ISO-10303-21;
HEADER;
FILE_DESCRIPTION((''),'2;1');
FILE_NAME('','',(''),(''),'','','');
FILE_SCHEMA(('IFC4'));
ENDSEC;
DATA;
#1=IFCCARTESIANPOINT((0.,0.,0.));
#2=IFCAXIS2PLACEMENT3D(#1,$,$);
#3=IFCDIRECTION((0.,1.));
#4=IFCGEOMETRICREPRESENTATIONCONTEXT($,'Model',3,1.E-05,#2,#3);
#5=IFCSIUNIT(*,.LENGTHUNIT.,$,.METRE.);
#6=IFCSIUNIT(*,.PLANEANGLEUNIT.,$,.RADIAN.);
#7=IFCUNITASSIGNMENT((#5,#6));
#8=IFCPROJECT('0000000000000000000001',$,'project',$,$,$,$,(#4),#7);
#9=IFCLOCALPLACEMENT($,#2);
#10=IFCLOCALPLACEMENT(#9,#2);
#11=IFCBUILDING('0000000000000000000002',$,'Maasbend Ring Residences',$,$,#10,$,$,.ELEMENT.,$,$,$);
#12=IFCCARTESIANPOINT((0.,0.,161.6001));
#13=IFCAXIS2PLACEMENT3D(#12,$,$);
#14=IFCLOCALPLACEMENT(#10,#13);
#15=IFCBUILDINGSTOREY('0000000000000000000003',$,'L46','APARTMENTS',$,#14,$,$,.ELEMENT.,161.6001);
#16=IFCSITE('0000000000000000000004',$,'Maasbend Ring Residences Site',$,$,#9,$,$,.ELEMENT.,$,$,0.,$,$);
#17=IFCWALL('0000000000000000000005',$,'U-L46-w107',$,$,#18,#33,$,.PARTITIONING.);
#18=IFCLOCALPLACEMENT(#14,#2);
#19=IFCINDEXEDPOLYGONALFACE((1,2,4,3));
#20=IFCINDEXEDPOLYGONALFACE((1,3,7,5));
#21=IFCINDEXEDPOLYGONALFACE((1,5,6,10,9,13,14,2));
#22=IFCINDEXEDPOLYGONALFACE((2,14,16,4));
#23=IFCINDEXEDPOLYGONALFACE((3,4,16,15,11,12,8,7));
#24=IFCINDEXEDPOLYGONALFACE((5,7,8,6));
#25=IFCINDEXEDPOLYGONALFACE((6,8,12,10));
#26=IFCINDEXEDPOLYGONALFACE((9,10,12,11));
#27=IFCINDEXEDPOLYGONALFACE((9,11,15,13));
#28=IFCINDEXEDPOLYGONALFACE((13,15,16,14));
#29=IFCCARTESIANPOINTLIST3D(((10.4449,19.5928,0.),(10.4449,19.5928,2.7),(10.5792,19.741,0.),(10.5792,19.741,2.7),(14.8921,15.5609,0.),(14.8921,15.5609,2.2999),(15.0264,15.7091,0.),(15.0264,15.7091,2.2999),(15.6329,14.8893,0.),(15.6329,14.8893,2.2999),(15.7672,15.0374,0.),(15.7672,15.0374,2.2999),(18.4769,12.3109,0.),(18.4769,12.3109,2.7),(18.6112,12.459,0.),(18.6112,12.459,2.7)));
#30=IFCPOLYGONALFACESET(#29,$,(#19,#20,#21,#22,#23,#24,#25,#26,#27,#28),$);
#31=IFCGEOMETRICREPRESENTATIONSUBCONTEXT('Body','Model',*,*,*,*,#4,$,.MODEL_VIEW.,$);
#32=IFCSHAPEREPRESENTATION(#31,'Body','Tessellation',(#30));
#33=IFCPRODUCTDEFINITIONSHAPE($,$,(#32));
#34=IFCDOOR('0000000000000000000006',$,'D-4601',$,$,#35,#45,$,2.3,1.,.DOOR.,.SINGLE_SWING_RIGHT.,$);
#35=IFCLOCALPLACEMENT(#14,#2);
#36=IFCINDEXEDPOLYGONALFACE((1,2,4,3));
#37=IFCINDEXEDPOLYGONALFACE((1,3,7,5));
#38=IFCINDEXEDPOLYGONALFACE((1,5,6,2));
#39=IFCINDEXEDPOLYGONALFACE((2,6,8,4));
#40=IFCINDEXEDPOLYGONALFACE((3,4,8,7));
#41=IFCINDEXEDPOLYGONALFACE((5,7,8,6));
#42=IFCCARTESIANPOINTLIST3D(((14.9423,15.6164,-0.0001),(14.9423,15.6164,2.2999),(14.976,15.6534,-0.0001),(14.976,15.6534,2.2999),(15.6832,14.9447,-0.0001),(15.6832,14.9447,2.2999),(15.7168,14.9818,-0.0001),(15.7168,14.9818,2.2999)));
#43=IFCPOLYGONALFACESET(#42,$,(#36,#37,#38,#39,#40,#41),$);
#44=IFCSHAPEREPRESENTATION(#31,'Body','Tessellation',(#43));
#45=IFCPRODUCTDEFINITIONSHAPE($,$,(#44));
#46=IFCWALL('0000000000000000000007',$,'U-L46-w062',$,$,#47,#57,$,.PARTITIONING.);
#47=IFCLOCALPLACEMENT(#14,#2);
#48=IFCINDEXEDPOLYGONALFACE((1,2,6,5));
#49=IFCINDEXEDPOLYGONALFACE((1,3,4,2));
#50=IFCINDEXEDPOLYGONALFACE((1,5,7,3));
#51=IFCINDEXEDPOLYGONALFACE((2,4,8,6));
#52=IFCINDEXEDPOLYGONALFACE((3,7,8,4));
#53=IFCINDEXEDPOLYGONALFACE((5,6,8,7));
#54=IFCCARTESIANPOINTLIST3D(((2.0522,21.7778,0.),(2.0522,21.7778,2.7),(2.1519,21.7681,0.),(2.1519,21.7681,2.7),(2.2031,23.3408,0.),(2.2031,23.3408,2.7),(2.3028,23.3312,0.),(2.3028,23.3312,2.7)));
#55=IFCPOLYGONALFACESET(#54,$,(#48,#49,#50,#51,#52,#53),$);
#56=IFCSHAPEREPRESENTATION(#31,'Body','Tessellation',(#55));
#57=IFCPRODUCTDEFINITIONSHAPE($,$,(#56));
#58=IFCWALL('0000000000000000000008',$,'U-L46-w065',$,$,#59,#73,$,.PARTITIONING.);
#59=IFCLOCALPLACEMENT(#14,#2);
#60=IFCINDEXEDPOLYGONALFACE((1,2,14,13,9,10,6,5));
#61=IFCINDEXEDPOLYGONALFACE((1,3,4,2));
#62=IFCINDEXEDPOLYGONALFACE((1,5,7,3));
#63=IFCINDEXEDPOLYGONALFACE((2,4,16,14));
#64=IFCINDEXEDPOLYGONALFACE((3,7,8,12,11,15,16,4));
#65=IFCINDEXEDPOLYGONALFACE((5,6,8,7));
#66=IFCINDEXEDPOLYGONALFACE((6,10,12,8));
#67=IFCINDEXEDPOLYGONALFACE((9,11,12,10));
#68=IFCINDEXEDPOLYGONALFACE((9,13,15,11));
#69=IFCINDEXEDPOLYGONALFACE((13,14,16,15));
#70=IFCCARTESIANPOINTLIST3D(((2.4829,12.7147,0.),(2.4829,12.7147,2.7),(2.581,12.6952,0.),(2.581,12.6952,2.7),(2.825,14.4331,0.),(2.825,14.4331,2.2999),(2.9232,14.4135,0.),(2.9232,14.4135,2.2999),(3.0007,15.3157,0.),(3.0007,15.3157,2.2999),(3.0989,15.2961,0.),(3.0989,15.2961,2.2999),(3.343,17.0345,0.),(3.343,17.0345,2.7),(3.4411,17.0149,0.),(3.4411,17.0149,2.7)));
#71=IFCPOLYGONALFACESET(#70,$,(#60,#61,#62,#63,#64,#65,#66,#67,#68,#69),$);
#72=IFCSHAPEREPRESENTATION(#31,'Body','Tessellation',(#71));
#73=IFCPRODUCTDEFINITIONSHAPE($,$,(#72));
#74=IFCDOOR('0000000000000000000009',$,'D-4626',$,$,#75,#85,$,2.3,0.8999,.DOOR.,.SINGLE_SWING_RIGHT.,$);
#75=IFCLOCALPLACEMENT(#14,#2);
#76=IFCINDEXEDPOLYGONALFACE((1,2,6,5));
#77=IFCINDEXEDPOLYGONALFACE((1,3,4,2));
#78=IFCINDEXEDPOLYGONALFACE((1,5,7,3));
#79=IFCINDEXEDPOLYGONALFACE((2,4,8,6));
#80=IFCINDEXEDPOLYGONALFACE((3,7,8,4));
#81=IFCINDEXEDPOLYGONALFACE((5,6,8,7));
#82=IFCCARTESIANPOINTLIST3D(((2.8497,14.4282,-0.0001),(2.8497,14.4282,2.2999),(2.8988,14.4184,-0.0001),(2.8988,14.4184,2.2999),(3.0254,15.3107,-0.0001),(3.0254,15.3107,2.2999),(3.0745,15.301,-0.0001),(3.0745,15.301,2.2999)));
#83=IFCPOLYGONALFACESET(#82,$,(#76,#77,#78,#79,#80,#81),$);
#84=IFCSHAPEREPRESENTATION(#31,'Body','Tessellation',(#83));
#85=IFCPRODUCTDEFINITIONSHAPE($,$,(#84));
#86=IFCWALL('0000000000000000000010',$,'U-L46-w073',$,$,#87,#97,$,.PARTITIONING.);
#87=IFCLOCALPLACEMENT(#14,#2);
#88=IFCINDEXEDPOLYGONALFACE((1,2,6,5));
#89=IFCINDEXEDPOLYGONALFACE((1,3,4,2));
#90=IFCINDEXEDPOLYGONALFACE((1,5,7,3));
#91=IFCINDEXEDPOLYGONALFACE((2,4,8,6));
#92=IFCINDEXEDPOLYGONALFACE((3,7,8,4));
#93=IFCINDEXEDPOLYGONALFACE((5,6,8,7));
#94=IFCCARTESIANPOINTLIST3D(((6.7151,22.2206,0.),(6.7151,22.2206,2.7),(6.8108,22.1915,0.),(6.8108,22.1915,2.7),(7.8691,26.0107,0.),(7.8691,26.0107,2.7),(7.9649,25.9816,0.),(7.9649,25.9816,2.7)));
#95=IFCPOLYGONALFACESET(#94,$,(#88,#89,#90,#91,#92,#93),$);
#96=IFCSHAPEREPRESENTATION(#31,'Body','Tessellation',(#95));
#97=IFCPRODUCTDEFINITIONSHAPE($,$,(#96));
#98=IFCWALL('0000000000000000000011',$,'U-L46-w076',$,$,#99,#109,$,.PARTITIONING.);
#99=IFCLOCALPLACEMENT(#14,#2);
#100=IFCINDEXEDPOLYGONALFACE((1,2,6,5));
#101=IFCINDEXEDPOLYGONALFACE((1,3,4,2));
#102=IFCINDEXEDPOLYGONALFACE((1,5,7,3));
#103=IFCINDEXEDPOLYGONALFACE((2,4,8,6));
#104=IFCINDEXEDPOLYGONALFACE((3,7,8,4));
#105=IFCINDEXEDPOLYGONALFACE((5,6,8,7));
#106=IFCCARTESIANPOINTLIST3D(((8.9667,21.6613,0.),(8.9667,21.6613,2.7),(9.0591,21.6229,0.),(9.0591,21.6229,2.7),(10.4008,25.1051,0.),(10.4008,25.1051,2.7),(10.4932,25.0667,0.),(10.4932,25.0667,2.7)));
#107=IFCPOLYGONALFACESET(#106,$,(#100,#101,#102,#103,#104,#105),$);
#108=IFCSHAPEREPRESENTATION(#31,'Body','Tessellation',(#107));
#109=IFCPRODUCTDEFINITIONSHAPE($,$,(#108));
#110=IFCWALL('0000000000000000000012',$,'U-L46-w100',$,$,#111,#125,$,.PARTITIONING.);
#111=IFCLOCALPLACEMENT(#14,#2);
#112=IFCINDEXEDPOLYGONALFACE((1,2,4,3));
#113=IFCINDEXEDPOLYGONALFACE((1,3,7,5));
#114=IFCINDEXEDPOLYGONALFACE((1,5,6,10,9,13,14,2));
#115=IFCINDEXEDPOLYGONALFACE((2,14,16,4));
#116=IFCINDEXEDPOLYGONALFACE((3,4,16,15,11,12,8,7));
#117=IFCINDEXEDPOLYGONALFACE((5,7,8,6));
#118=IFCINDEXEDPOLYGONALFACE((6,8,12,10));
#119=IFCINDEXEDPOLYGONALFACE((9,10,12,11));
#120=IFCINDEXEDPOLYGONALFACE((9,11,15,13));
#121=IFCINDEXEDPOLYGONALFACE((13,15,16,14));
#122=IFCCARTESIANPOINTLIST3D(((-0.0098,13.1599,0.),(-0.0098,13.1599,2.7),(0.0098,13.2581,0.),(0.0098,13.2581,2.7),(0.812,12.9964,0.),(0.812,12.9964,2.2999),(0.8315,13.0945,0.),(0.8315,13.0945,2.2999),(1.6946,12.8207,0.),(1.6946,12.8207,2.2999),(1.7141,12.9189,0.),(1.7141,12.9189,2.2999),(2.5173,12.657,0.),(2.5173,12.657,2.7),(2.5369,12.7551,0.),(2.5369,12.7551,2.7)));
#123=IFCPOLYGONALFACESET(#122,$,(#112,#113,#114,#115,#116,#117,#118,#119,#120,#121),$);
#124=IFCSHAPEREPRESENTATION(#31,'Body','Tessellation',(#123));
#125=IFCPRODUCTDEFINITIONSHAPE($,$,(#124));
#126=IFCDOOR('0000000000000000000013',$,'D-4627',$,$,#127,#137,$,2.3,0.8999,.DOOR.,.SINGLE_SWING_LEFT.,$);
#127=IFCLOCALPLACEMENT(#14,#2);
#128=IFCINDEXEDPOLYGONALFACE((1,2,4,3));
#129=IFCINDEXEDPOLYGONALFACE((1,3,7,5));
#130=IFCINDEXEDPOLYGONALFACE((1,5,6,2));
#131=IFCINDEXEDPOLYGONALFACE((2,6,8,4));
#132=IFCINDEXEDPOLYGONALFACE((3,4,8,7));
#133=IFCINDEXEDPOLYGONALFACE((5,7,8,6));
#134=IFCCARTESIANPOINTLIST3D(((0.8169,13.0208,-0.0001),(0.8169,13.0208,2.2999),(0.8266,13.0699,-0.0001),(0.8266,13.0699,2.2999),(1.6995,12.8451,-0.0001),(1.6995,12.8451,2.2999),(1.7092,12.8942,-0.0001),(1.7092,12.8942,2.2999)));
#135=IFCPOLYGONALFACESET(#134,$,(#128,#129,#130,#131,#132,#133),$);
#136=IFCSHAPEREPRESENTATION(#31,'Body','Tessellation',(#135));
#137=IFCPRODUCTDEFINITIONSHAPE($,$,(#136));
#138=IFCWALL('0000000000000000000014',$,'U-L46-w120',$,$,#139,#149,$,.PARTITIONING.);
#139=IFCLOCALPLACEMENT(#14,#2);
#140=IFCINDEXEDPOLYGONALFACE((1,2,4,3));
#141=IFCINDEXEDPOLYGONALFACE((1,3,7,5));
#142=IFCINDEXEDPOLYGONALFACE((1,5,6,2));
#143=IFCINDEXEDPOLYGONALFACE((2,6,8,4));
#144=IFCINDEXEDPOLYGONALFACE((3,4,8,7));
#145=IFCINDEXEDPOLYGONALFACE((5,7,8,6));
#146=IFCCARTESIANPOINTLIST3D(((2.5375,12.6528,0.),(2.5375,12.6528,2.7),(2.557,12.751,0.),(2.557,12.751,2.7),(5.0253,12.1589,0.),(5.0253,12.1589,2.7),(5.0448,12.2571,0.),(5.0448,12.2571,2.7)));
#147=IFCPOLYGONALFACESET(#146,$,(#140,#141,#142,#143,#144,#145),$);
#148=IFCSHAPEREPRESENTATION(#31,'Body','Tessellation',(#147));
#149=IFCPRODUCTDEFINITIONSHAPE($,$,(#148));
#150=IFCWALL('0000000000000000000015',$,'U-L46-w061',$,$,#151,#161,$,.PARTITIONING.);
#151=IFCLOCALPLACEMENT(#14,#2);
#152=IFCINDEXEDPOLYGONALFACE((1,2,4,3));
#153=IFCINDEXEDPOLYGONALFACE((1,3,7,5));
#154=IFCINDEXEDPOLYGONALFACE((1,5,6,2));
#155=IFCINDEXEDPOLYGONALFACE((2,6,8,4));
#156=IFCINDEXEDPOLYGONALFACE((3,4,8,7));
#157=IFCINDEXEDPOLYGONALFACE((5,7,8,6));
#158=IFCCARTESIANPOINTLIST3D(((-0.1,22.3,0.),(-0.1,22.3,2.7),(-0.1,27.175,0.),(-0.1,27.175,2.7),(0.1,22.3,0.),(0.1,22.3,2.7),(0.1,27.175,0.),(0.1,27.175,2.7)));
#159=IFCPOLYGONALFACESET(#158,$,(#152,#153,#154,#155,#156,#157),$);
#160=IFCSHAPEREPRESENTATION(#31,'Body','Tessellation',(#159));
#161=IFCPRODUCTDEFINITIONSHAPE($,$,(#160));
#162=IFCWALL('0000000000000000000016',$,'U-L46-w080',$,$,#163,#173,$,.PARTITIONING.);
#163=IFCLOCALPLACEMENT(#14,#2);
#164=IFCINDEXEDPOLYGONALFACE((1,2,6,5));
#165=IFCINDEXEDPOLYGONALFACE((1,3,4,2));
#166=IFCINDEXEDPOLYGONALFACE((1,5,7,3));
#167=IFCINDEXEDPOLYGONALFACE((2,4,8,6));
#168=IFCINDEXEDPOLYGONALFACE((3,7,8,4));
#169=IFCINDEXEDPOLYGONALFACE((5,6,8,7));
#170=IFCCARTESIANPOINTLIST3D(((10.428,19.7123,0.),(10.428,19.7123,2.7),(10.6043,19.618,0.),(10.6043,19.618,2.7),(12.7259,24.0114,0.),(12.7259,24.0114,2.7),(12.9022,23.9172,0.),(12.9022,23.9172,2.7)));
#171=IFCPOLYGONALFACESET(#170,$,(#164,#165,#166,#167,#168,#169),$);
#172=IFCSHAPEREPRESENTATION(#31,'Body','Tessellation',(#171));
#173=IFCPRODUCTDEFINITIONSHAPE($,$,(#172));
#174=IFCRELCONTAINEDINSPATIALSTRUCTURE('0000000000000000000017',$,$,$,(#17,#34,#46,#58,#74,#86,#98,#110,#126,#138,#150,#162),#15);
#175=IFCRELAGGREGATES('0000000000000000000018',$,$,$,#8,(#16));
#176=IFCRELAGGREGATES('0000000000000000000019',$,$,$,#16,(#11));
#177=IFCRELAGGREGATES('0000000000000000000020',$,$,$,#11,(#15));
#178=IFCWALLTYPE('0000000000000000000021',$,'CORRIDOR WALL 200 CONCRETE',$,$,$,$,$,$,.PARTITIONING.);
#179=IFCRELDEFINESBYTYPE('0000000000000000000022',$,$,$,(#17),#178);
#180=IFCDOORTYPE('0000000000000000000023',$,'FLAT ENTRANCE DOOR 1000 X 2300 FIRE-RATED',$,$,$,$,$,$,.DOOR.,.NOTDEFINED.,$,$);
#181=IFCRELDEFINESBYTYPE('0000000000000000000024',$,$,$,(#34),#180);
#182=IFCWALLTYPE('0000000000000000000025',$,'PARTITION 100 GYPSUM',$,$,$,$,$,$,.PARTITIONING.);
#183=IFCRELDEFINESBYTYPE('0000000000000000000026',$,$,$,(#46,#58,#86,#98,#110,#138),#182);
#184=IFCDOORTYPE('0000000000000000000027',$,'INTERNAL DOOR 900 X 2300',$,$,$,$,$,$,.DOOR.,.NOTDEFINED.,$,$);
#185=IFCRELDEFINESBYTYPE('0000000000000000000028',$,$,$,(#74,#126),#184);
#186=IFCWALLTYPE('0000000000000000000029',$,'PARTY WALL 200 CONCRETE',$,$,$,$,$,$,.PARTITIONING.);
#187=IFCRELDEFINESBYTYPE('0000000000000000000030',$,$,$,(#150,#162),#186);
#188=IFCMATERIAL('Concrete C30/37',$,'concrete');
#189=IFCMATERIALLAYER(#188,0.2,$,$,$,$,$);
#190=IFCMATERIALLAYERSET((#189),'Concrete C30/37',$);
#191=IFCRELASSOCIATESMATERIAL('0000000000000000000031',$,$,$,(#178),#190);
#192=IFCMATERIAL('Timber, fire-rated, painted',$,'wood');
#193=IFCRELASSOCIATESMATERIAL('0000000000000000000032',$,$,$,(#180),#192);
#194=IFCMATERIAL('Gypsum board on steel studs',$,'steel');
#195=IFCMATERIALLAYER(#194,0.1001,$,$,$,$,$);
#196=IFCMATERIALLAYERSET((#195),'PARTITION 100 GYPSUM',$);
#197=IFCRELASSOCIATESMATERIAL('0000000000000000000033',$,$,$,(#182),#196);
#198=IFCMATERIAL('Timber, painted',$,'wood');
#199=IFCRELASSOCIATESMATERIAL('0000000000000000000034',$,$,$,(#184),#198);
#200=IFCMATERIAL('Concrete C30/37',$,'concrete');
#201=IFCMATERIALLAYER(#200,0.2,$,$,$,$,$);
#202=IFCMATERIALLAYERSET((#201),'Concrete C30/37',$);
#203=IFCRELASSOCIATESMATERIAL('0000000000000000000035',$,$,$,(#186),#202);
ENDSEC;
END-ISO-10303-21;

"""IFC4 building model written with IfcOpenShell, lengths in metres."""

from ifc_helpers import new_model, si_unit, direction, frame, frame_2d, origin, place, context, subcontext, project, spatial, rectangle, extrude, material, layer, layer_set, type_object, element, fill, save


model = new_model("IFC4")

# Units and contexts
model_context = context("Model", 3, precision=1e-05, world=origin(), true_north=direction((0.0, 1.0)))
body_context = subcontext(model_context, "Body", "Model", "MODEL_VIEW")
ifc_project = project(units=[si_unit("LENGTHUNIT", "METRE"), si_unit("PLANEANGLEUNIT", "RADIAN")], contexts=[model_context])

# Site, building, storey
site_placement = place(None, origin())
site = spatial("IfcSite", under=ifc_project, at=site_placement, Name="Maasbend Ring Residences Site", CompositionType="ELEMENT", RefElevation=0.0)
building_placement = place(site_placement, origin())
building = spatial("IfcBuilding", under=site, at=building_placement, Name="Maasbend Ring Residences", CompositionType="ELEMENT")
storey_placement = place(building_placement, frame((0.0, 0.0, 161.6001)))
storey = spatial("IfcBuildingStorey", under=building, at=storey_placement, Name="L46", Description="APARTMENTS", CompositionType="ELEMENT", Elevation=161.6001)

# Wall, opening, door
ifc_material_1 = material(Name="Concrete C30/37", Category="concrete")
ifc_layer_1 = layer(ifc_material_1, 0.2)
ifc_layer_set_1 = layer_set([ifc_layer_1], Name="Concrete C30/37")
wall_type_1 = type_object("IfcWallType", Name="CORRIDOR WALL 200 CONCRETE", PredefinedType="PARTITIONING", material=ifc_layer_set_1)
ifc_material_2 = material(Name="Timber, fire-rated, painted", Category="wood")
door_type_1 = type_object("IfcDoorType", Name="FLAT ENTRANCE DOOR 1000 X 2300 FIRE-RATED", OperationType="NOTDEFINED", PredefinedType="DOOR", material=ifc_material_2)
wall_1_placement = place(storey_placement, frame((10.512, 19.667, 0.0), z_axis=(0.0, 0.0, 1.0), x_axis=(0.740849, -0.671671, 0.0)))
wall_1 = element("IfcWall", 1, at=wall_1_placement, inside=storey, type_object=wall_type_1, Name="U-L46-w107", PredefinedType="PARTITIONING", context=body_context, shape_type="SweptSolid", body=[
    extrude(rectangle(XDim=10.8416, YDim=0.2, at=frame_2d((5.4209, 0.0))), origin(), (0.0, 0.0, 1.0), 2.7),
])
opening_1_placement = place(wall_1_placement, frame((6.0029, 0.0, 0.0)))
opening_1 = element("IfcOpeningElement", 2, at=opening_1_placement, cuts=wall_1, PredefinedType="OPENING", context=body_context, shape_type="SweptSolid", body=[
    extrude(rectangle(XDim=1.0, YDim=2.3, at=frame_2d((0.5, 1.1499))), frame((0.0, 0.1099, 0.0), z_axis=(0.0, -1.0, 0.0), x_axis=(1.0, 0.0, 0.0)), (0.0, 0.0, 1.0), 0.22),
])
door_1_placement = place(opening_1_placement, origin())
door_1 = element("IfcDoor", 3, at=door_1_placement, inside=storey, type_object=door_type_1, Name="D-4601", OperationType="SINGLE_SWING_RIGHT", OverallHeight=2.3, OverallWidth=1.0, PredefinedType="DOOR", context=body_context, shape_type="SweptSolid", body=[
    extrude(rectangle(XDim=1.0, YDim=2.3, at=frame_2d((0.5, 1.1499))), frame((0.0, 0.0249, 0.0), z_axis=(0.0, -1.0, 0.0), x_axis=(1.0, 0.0, 0.0)), (0.0, 0.0, 1.0), 0.05),
])
fill(opening_1, door_1)

# Wall
ifc_material_3 = material(Name="Gypsum board on steel studs", Category="steel")
ifc_layer_2 = layer(ifc_material_3, 0.1001)
ifc_layer_set_2 = layer_set([ifc_layer_2], Name="PARTITION 100 GYPSUM")
wall_type_2 = type_object("IfcWallType", Name="PARTITION 100 GYPSUM", PredefinedType="PARTITIONING", material=ifc_layer_set_2)
wall_2_placement = place(storey_placement, frame((2.1021, 21.7729, 0.0), z_axis=(0.0, 0.0, 1.0), x_axis=(0.096086, 0.995373, 0.0)))
element("IfcWall", 4, at=wall_2_placement, inside=storey, type_object=wall_type_2, Name="U-L46-w062", PredefinedType="PARTITIONING", context=body_context, shape_type="SweptSolid", body=[
    extrude(rectangle(XDim=1.5703, YDim=0.1001, at=frame_2d((0.7852, 0.0))), origin(), (0.0, 0.0, 1.0), 2.7),
])

# Wall, opening, door
wall_3_placement = place(storey_placement, frame((2.532, 12.7051, 0.0), z_axis=(0.0, 0.0, 1.0), x_axis=(0.195274, 0.980749, 0.0)))
wall_3 = element("IfcWall", 5, at=wall_3_placement, inside=storey, type_object=wall_type_2, Name="U-L46-w065", PredefinedType="PARTITIONING", context=body_context, shape_type="SweptSolid", body=[
    extrude(rectangle(XDim=4.4045, YDim=0.1001, at=frame_2d((2.2021, 0.0))), origin(), (0.0, 0.0, 1.0), 2.7),
])
opening_2_placement = place(wall_3_placement, frame((1.752, 0.0, 0.0)))
opening_2 = element("IfcOpeningElement", 6, at=opening_2_placement, cuts=wall_3, PredefinedType="OPENING", context=body_context, shape_type="SweptSolid", body=[
    extrude(rectangle(XDim=0.8999, YDim=2.3, at=frame_2d((0.45, 1.1499))), frame((0.0, 0.0601, 0.0), z_axis=(0.0, -1.0, 0.0), x_axis=(1.0, 0.0, 0.0)), (0.0, 0.0, 1.0), 0.1201),
])
ifc_material_4 = material(Name="Timber, painted", Category="wood")
door_type_2 = type_object("IfcDoorType", Name="INTERNAL DOOR 900 X 2300", OperationType="NOTDEFINED", PredefinedType="DOOR", material=ifc_material_4)
door_2_placement = place(opening_2_placement, origin())
door_2 = element("IfcDoor", 7, at=door_2_placement, inside=storey, type_object=door_type_2, Name="D-4626", OperationType="SINGLE_SWING_RIGHT", OverallHeight=2.3, OverallWidth=0.8999, PredefinedType="DOOR", context=body_context, shape_type="SweptSolid", body=[
    extrude(rectangle(XDim=0.8999, YDim=2.3, at=frame_2d((0.45, 1.1499))), frame((0.0, 0.0249, 0.0), z_axis=(0.0, -1.0, 0.0), x_axis=(1.0, 0.0, 0.0)), (0.0, 0.0, 1.0), 0.05),
])
fill(opening_2, door_2)

# Walls
wall_4_placement = place(storey_placement, frame((6.7629, 22.2061, 0.0), z_axis=(0.0, 0.0, 1.0), x_axis=(0.291292, 0.956634, 0.0)))
element("IfcWall", 8, at=wall_4_placement, inside=storey, type_object=wall_type_2, Name="U-L46-w073", PredefinedType="PARTITIONING", context=body_context, shape_type="SweptSolid", body=[
    extrude(rectangle(XDim=3.9619, YDim=0.1001, at=frame_2d((1.981, 0.0))), origin(), (0.0, 0.0, 1.0), 2.7),
])
wall_5_placement = place(storey_placement, frame((9.0129, 21.6421, 0.0), z_axis=(0.0, 0.0, 1.0), x_axis=(0.38442, 0.923158, 0.0)))
element("IfcWall", 9, at=wall_5_placement, inside=storey, type_object=wall_type_2, Name="U-L46-w076", PredefinedType="PARTITIONING", context=body_context, shape_type="SweptSolid", body=[
    extrude(rectangle(XDim=3.7305, YDim=0.1001, at=frame_2d((1.8652, 0.0))), origin(), (0.0, 0.0, 1.0), 2.7),
])

# Wall, opening, door
wall_6_placement = place(storey_placement, frame((0.0, 13.209, 0.0), z_axis=(0.0, 0.0, 1.0), x_axis=(0.980766, -0.195187, 0.0)))
wall_6 = element("IfcWall", 10, at=wall_6_placement, inside=storey, type_object=wall_type_2, Name="U-L46-w100", PredefinedType="PARTITIONING", context=body_context, shape_type="SweptSolid", body=[
    extrude(rectangle(XDim=2.5767, YDim=0.1001, at=frame_2d((1.2883, 0.0))), origin(), (0.0, 0.0, 1.0), 2.7),
])
opening_3_placement = place(wall_6_placement, frame((0.8379, 0.0, 0.0)))
opening_3 = element("IfcOpeningElement", 11, at=opening_3_placement, cuts=wall_6, PredefinedType="OPENING", context=body_context, shape_type="SweptSolid", body=[
    extrude(rectangle(XDim=0.8999, YDim=2.3, at=frame_2d((0.45, 1.1499))), frame((0.0, 0.0601, 0.0), z_axis=(0.0, -1.0, 0.0), x_axis=(1.0, 0.0, 0.0)), (0.0, 0.0, 1.0), 0.1201),
])
door_3_placement = place(opening_3_placement, origin())
door_3 = element("IfcDoor", 12, at=door_3_placement, inside=storey, type_object=door_type_2, Name="D-4627", OperationType="SINGLE_SWING_LEFT", OverallHeight=2.3, OverallWidth=0.8999, PredefinedType="DOOR", context=body_context, shape_type="SweptSolid", body=[
    extrude(rectangle(XDim=0.8999, YDim=2.3, at=frame_2d((0.45, 1.1499))), frame((0.0, 0.0249, 0.0), z_axis=(0.0, -1.0, 0.0), x_axis=(1.0, 0.0, 0.0)), (0.0, 0.0, 1.0), 0.05),
])
fill(opening_3, door_3)

# Walls
wall_7_placement = place(storey_placement, frame((5.0349, 12.208, 0.0), z_axis=(0.0, 0.0, 1.0), x_axis=(-0.980857, 0.194728, 0.0)))
element("IfcWall", 13, at=wall_7_placement, inside=storey, type_object=wall_type_2, Name="U-L46-w120", PredefinedType="PARTITIONING", context=body_context, shape_type="SweptSolid", body=[
    extrude(rectangle(XDim=2.5364, YDim=0.1001, at=frame_2d((1.2681, 0.0))), origin(), (0.0, 0.0, 1.0), 2.7),
])
ifc_material_5 = material(Name="Concrete C30/37", Category="concrete")
ifc_layer_3 = layer(ifc_material_5, 0.2)
ifc_layer_set_3 = layer_set([ifc_layer_3], Name="Concrete C30/37")
wall_type_3 = type_object("IfcWallType", Name="PARTY WALL 200 CONCRETE", PredefinedType="PARTITIONING", material=ifc_layer_set_3)
wall_8_placement = place(storey_placement, frame((0.0, 22.3, 0.0), z_axis=(0.0, 0.0, 1.0), x_axis=(0.0, 1.0, 0.0)))
element("IfcWall", 14, at=wall_8_placement, inside=storey, type_object=wall_type_3, Name="U-L46-w061", PredefinedType="PARTITIONING", context=body_context, shape_type="SweptSolid", body=[
    extrude(rectangle(XDim=4.875, YDim=0.2, at=frame_2d((2.4375, 0.0))), origin(), (0.0, 0.0, 1.0), 2.7),
])
wall_9_placement = place(storey_placement, frame((10.5161, 19.665, 0.0), z_axis=(0.0, 0.0, 1.0), x_axis=(0.471389, 0.881926, 0.0)))
element("IfcWall", 15, at=wall_9_placement, inside=storey, type_object=wall_type_3, Name="U-L46-w080", PredefinedType="PARTITIONING", context=body_context, shape_type="SweptSolid", body=[
    extrude(rectangle(XDim=4.8748, YDim=0.2, at=frame_2d((2.4375, 0.0))), origin(), (0.0, 0.0, 1.0), 2.7),
])

save(model, "model.ifc")
